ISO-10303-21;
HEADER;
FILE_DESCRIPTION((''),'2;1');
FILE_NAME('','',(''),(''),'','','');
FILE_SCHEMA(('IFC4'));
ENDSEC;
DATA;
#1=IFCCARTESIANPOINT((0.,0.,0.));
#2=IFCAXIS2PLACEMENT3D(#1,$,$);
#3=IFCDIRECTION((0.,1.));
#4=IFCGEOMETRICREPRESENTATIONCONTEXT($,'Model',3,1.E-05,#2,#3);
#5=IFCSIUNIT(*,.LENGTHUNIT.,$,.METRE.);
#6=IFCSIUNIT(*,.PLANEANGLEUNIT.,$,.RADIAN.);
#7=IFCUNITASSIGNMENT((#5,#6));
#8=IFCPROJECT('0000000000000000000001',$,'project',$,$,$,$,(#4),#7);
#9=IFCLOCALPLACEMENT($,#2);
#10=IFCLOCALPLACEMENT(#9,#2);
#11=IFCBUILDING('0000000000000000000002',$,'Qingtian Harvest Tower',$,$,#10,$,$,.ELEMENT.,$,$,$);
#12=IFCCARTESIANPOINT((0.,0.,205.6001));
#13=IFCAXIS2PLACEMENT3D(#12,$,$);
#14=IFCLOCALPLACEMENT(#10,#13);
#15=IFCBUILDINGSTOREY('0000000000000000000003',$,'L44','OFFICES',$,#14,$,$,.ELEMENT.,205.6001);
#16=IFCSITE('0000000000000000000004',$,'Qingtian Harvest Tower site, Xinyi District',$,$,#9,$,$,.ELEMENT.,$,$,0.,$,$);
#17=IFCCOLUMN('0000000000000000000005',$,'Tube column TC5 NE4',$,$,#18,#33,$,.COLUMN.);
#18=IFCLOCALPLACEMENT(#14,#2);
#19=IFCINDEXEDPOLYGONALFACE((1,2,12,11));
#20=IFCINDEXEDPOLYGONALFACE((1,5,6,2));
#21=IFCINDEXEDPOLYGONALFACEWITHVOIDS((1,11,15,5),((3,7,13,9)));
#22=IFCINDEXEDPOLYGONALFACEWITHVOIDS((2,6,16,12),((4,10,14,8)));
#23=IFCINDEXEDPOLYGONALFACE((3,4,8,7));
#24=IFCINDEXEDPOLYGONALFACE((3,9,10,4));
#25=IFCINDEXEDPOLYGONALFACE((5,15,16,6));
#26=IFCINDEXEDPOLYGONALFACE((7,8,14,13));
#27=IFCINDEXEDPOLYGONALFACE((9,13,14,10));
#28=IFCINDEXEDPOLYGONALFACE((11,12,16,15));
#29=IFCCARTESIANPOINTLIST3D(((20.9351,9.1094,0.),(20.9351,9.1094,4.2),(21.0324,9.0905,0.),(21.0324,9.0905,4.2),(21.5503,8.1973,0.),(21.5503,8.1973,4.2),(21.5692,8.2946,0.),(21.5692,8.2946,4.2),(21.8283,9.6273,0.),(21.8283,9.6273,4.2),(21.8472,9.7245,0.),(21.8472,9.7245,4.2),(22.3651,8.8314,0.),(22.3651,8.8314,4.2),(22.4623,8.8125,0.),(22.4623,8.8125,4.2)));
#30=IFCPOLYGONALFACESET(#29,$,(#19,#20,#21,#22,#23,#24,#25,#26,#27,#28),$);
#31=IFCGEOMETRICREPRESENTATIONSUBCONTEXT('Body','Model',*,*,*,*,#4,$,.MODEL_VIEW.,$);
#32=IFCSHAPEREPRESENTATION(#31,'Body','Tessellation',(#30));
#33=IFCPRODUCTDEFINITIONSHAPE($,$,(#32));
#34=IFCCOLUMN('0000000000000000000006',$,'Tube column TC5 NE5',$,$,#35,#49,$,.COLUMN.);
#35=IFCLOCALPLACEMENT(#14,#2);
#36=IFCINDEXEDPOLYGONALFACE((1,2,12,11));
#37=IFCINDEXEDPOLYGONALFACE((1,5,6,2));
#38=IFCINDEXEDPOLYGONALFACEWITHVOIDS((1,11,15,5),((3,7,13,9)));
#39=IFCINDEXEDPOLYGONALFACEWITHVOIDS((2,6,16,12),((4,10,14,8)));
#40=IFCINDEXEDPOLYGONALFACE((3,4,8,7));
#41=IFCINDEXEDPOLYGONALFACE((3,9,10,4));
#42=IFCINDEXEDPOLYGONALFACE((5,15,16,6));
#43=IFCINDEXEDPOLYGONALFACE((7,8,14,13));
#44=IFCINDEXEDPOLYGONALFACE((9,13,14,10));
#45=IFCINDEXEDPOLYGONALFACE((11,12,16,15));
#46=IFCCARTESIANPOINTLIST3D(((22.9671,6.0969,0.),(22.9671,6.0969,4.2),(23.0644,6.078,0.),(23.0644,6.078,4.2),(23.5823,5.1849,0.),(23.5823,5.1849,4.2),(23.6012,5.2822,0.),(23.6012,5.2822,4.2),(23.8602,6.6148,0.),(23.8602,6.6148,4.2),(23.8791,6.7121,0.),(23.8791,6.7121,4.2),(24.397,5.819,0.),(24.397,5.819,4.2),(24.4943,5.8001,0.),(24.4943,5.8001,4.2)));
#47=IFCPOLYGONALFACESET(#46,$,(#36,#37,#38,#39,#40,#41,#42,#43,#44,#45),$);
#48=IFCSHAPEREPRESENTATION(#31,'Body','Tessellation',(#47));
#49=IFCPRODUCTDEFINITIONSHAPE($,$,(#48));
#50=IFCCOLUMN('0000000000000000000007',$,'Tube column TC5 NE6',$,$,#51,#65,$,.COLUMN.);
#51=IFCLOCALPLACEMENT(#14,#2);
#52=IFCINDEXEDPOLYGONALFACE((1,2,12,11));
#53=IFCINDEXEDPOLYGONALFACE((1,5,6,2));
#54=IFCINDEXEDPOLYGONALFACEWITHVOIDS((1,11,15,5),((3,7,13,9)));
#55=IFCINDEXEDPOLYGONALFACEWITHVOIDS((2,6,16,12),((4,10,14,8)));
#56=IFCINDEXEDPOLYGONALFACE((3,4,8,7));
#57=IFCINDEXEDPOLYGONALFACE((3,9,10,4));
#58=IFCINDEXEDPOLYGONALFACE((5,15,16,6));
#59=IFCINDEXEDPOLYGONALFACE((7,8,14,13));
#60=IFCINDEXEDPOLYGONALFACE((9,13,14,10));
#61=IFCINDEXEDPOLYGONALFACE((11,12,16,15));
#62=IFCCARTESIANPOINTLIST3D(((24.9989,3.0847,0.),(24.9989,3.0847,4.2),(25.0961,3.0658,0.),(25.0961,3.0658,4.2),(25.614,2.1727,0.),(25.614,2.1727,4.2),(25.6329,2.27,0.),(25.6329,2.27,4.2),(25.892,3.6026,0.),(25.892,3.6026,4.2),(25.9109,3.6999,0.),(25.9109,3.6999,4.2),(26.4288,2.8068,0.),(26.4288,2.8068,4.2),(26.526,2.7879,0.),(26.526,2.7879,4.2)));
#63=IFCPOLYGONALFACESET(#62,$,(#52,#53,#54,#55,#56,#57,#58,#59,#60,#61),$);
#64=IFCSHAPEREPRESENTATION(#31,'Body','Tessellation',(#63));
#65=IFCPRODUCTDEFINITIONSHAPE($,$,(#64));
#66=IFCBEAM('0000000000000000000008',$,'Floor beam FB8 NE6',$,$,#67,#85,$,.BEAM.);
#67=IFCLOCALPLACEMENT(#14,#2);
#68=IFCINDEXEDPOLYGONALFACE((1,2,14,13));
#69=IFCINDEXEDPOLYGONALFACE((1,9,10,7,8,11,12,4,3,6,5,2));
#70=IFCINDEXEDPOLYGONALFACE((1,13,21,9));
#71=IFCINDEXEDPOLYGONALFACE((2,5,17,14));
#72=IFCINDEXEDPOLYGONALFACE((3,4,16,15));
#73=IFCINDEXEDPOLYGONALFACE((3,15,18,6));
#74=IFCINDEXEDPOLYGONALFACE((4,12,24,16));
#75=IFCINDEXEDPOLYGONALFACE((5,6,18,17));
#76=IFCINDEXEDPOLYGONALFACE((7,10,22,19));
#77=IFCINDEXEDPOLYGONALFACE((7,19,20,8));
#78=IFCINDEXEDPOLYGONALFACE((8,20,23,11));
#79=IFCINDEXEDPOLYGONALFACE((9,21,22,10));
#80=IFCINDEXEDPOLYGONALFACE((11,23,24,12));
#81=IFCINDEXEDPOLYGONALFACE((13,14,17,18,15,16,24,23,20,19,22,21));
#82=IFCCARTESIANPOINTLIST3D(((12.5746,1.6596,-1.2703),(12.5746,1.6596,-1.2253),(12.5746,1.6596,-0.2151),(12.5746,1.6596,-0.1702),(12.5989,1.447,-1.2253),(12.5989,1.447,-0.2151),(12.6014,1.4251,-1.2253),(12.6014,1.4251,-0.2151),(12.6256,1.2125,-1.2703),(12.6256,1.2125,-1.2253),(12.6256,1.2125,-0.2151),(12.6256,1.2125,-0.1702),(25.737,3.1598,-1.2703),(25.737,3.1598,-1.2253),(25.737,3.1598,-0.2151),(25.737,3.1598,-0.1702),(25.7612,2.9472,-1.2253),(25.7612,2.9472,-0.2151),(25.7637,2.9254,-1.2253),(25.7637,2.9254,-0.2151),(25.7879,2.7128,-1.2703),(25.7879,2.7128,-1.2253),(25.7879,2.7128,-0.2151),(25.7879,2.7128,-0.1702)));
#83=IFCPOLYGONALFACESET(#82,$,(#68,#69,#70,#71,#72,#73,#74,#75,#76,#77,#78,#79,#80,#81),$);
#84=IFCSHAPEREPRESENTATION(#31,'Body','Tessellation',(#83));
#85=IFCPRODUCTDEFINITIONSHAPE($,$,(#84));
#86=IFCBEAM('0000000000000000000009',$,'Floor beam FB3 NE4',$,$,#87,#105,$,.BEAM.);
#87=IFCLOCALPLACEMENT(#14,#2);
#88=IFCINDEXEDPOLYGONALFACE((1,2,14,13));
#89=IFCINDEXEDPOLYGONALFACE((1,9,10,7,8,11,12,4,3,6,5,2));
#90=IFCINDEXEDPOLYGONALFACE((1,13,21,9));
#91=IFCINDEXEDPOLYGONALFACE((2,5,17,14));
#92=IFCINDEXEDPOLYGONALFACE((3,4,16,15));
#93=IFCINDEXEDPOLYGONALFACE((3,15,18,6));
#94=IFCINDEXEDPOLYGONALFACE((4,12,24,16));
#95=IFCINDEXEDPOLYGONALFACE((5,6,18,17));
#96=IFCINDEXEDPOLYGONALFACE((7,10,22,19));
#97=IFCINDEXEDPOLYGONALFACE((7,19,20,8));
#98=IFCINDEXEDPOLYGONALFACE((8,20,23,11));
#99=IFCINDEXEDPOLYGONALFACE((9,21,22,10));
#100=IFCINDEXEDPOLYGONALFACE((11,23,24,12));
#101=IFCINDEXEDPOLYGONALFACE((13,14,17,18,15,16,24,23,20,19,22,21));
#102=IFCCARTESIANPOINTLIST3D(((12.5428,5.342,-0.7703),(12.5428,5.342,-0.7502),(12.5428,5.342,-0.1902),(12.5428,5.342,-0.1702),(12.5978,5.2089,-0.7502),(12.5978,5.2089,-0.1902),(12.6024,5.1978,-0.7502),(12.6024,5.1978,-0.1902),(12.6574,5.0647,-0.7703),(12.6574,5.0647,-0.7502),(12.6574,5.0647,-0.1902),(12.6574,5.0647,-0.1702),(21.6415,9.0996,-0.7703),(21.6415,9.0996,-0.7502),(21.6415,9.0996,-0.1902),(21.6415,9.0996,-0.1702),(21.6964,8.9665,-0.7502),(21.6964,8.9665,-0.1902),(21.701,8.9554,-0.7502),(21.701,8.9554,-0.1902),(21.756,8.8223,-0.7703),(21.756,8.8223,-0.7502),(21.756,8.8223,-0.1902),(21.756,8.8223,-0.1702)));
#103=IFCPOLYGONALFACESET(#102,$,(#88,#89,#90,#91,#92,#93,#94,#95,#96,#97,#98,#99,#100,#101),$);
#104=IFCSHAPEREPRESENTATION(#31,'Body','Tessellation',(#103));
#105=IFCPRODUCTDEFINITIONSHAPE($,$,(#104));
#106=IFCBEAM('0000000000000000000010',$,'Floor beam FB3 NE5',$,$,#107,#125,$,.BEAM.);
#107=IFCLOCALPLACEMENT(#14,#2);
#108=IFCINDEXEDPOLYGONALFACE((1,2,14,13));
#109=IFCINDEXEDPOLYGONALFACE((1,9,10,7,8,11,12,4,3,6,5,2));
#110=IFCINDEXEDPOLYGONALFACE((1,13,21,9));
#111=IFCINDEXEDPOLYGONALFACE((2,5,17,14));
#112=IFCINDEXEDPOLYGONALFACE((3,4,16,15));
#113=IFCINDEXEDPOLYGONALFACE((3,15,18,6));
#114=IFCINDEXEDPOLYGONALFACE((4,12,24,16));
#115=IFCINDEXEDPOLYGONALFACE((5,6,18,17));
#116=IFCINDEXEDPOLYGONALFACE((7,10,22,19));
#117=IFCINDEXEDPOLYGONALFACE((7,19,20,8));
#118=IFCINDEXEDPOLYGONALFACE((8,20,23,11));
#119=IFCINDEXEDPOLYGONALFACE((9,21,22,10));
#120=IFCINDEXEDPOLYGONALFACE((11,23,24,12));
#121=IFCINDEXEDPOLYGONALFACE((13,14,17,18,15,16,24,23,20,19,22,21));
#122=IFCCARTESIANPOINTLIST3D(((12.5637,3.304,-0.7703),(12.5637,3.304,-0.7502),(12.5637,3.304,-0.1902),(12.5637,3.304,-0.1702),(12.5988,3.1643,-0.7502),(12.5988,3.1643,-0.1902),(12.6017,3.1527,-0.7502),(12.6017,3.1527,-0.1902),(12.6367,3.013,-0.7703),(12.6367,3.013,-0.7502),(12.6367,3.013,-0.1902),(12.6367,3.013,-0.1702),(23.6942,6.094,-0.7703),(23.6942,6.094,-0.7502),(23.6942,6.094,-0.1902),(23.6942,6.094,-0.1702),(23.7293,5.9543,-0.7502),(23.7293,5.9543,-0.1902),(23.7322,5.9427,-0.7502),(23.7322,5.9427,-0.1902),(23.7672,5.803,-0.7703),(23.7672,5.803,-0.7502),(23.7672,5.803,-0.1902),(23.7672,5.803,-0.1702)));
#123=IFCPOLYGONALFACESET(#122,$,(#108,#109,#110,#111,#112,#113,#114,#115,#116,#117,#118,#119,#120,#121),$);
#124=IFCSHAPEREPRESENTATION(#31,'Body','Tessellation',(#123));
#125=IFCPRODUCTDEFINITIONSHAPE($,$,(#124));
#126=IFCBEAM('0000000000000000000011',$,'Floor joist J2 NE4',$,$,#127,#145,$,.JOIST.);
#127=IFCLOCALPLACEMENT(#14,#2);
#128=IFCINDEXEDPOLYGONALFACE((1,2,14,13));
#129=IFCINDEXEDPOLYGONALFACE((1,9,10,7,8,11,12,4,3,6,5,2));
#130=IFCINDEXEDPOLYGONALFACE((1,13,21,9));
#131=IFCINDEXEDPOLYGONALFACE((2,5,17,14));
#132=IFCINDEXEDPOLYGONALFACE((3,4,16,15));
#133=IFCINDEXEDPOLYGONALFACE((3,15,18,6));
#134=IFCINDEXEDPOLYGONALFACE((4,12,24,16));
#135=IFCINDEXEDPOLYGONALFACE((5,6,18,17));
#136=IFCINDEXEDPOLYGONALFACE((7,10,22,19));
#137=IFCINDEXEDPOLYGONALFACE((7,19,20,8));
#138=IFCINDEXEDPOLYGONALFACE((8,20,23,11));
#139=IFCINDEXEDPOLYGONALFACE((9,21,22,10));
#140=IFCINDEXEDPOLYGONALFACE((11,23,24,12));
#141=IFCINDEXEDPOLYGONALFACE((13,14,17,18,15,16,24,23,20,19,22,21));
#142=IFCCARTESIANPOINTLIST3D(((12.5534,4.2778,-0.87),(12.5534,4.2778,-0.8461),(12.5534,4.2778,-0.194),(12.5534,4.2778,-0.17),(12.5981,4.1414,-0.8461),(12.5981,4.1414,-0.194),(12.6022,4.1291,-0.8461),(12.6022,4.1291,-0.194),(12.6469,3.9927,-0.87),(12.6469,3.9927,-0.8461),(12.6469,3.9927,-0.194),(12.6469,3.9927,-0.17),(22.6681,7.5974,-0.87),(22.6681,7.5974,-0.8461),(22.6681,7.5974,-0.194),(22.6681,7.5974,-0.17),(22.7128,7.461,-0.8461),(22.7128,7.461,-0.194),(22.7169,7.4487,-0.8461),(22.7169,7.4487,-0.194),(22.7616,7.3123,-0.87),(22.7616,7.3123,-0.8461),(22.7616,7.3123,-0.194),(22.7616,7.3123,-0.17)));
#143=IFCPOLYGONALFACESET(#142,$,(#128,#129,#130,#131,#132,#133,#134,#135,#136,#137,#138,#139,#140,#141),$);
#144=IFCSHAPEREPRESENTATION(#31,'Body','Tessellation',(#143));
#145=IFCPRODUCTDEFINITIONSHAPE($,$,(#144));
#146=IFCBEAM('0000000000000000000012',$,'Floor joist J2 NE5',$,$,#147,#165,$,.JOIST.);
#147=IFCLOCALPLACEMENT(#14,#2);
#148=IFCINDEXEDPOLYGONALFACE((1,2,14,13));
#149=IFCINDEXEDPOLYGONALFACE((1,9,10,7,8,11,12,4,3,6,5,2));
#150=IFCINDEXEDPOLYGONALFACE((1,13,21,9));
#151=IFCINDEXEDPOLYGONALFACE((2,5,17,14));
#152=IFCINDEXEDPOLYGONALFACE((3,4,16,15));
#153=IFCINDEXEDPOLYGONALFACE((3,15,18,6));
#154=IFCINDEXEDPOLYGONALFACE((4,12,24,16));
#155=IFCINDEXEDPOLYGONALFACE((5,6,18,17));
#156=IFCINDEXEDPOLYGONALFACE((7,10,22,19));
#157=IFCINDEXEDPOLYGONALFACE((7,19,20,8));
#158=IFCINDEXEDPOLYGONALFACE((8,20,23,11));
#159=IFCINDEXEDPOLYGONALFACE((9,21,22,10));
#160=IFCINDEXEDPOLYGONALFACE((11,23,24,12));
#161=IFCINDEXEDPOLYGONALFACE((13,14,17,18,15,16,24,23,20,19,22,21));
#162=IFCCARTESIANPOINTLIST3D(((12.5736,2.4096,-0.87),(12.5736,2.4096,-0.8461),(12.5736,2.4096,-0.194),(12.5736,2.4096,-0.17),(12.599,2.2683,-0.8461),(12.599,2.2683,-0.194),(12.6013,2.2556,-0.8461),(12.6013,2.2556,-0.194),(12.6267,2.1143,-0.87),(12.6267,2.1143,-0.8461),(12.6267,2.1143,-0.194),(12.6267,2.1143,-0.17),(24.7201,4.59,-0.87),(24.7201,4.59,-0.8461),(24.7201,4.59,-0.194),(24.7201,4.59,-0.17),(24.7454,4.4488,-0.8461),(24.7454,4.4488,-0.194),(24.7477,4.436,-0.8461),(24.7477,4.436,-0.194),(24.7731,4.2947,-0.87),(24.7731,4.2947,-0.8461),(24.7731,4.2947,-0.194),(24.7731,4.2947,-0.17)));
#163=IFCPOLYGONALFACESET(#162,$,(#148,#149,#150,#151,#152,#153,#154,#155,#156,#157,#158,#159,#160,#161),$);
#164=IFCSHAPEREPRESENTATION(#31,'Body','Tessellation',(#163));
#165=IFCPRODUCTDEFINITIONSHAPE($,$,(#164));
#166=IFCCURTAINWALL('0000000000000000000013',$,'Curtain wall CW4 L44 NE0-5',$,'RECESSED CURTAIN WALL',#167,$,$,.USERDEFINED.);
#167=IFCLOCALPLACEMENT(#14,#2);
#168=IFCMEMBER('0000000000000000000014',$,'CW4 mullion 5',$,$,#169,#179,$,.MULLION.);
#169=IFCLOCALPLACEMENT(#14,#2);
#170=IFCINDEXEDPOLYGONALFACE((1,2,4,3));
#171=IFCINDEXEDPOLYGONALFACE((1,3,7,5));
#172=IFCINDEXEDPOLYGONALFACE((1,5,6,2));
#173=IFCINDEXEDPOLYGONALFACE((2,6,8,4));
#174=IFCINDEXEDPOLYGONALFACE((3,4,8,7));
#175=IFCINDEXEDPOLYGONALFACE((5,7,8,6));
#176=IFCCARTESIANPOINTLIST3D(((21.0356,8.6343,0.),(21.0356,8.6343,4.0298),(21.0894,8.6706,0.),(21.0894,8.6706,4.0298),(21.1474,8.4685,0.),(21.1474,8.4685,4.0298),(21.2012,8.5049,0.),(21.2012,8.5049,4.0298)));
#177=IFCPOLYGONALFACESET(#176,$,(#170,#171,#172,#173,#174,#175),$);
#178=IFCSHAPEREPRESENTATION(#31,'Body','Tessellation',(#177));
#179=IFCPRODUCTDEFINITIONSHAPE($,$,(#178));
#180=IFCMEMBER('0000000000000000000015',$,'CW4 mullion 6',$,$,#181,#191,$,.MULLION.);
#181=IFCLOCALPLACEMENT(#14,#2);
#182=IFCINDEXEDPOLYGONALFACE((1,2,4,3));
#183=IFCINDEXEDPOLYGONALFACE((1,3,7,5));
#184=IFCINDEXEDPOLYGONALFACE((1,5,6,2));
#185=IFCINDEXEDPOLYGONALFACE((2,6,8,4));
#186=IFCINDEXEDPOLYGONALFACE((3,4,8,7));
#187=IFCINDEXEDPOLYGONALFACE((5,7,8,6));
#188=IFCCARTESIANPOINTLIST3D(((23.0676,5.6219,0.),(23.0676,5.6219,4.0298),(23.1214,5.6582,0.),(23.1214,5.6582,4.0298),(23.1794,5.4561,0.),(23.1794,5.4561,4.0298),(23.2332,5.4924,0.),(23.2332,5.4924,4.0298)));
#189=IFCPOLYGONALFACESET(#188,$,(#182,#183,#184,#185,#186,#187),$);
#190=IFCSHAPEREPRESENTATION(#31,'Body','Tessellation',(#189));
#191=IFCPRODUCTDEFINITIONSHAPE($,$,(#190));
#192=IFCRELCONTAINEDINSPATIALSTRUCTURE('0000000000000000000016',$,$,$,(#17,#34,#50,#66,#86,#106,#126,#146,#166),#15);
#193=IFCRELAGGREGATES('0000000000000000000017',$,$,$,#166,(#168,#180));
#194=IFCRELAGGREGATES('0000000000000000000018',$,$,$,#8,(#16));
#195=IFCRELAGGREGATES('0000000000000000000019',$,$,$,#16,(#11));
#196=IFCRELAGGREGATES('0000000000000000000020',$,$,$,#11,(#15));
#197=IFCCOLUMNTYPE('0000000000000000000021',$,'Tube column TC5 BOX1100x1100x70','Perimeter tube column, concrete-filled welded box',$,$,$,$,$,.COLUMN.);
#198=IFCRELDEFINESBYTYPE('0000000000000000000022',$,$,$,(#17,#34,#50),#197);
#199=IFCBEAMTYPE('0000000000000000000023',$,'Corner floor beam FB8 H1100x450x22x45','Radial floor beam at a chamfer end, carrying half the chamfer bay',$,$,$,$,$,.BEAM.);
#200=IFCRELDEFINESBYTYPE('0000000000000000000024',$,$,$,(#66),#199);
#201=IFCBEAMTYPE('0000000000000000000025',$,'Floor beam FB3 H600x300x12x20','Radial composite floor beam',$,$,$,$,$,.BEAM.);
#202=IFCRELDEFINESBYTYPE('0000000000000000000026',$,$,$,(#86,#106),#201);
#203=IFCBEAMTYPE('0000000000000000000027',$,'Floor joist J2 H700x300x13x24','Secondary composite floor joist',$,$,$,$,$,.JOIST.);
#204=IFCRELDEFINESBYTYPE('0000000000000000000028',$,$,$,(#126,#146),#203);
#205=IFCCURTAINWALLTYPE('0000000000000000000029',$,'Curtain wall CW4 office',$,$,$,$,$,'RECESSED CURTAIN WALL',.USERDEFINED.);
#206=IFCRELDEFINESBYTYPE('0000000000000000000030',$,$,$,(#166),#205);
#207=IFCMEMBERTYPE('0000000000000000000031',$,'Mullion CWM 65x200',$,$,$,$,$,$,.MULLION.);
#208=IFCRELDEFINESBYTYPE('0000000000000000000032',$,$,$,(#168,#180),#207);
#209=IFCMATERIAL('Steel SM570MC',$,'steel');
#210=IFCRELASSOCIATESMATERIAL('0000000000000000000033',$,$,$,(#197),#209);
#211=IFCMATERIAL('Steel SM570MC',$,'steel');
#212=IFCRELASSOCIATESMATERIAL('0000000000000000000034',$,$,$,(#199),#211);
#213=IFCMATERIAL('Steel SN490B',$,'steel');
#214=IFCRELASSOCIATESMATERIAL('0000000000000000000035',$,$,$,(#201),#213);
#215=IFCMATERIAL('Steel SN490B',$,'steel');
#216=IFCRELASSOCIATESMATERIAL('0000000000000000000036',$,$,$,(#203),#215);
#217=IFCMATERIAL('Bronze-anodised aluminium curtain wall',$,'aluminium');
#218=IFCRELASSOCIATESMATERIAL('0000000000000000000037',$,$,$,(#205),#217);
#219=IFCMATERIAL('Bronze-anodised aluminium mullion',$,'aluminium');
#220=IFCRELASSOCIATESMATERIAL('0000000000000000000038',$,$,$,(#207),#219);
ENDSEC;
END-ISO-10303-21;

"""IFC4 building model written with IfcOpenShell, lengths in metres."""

from ifc_helpers import new_model, si_unit, direction, frame, origin, origin_2d, place, context, subcontext, project, spatial, rectangle, hollow_rectangle, i_section, extrude, material, material_profile, profile_set, type_object, element, aggregate, save


model = new_model("IFC4")

# Units and contexts
model_context = context("Model", 3, precision=1e-05, world=origin(), true_north=direction((0.0, 1.0)))
body_context = subcontext(model_context, "Body", "Model", "MODEL_VIEW")
ifc_project = project(units=[si_unit("LENGTHUNIT", "METRE"), si_unit("PLANEANGLEUNIT", "RADIAN")], contexts=[model_context])

# Site, building, storey
site_placement = place(None, origin())
site = spatial("IfcSite", under=ifc_project, at=site_placement, Name="Qingtian Harvest Tower site, Xinyi District", CompositionType="ELEMENT", RefElevation=0.0)
building_placement = place(site_placement, origin())
building = spatial("IfcBuilding", under=site, at=building_placement, Name="Qingtian Harvest Tower", CompositionType="ELEMENT")
storey_placement = place(building_placement, frame((0.0, 0.0, 205.6001)))
storey = spatial("IfcBuildingStorey", under=building, at=storey_placement, Name="L44", Description="OFFICES", CompositionType="ELEMENT", Elevation=205.6001)

# Columns
ifc_material_1 = material(Name="Steel SM570MC", Category="steel")
ifc_material_profile_1 = material_profile(ifc_material_1, hollow_rectangle(XDim=1.1001, YDim=1.1001, WallThickness=0.0701, at=origin_2d()), Name="BOX1100x1100x70")
ifc_profile_set_1 = profile_set([ifc_material_profile_1], Name="Steel SM570MC")
column_type = type_object("IfcColumnType", Name="Tube column TC5 BOX1100x1100x70", Description="Perimeter tube column, concrete-filled welded box", PredefinedType="COLUMN", material=ifc_profile_set_1)
for number, where, z_axis, x_axis, name in (
    (1, (21.6987, 8.9609, 0.0), (0.0, 0.0, 1.0), (-0.559193, 0.829038, 0.0), "Tube column TC5 NE4"),
    (2, (23.7307, 5.9485, 0.0), (0.0, 0.0, 1.0), (-0.559193, 0.829038, 0.0), "Tube column TC5 NE5"),
    (3, (25.7625, 2.9363, 0.0), (0.0, 0.0, 1.0), (-0.559193, 0.829038, 0.0), "Tube column TC5 NE6"),
):
    element("IfcColumn", number, at=place(storey_placement, frame(where, z_axis=z_axis, x_axis=x_axis)), inside=storey, type_object=column_type, Name=name, PredefinedType="COLUMN", context=body_context, shape_type="SweptSolid", body=[
        extrude(hollow_rectangle(XDim=1.1001, YDim=1.1001, WallThickness=0.0701, at=origin_2d()), origin(), (0.0, 0.0, 1.0), 4.2),
    ])

# Beams
ifc_material_2 = material(Name="Steel SM570MC", Category="steel")
ifc_material_profile_2 = material_profile(ifc_material_2, i_section(OverallWidth=0.45, OverallDepth=1.1001, WebThickness=0.022, FlangeThickness=0.0449, at=origin_2d()), Name="H1100x450x22x45")
ifc_profile_set_2 = profile_set([ifc_material_profile_2], Name="Steel SM570MC")
beam_type_1 = type_object("IfcBeamType", Name="Corner floor beam FB8 H1100x450x22x45", Description="Radial floor beam at a chamfer end, carrying half the chamfer bay", PredefinedType="BEAM", material=ifc_profile_set_2)
beam_1_placement = place(storey_placement, frame((25.7625, 2.9363, -0.7202), z_axis=(-0.993567, -0.113247, 0.0), x_axis=(0.113247, -0.993567, 0.0)))
element("IfcBeam", 4, at=beam_1_placement, inside=storey, type_object=beam_type_1, Name="Floor beam FB8 NE6", PredefinedType="BEAM", context=body_context, shape_type="SweptSolid", body=[
    extrude(i_section(OverallWidth=0.45, OverallDepth=1.1001, WebThickness=0.022, FlangeThickness=0.0449, at=origin_2d()), origin(), (0.0, 0.0, 1.0), 13.2476),
])
ifc_material_3 = material(Name="Steel SN490B", Category="steel")
ifc_material_profile_3 = material_profile(ifc_material_3, i_section(OverallWidth=0.3, OverallDepth=0.6001, WebThickness=0.012, FlangeThickness=0.02, at=origin_2d()), Name="H600x300x12x20")
ifc_profile_set_3 = profile_set([ifc_material_profile_3], Name="Steel SN490B")
beam_type_2 = type_object("IfcBeamType", Name="Floor beam FB3 H600x300x12x20", Description="Radial composite floor beam", PredefinedType="BEAM", material=ifc_profile_set_3)
beam_2_placement = place(storey_placement, frame((21.6987, 8.9609, -0.4702), z_axis=(-0.924282, -0.381711, 0.0), x_axis=(0.381711, -0.924282, 0.0)))
element("IfcBeam", 5, at=beam_2_placement, inside=storey, type_object=beam_type_2, Name="Floor beam FB3 NE4", PredefinedType="BEAM", context=body_context, shape_type="SweptSolid", body=[
    extrude(i_section(OverallWidth=0.3, OverallDepth=0.6001, WebThickness=0.012, FlangeThickness=0.02, at=origin_2d()), origin(), (0.0, 0.0, 1.0), 9.844),
])
beam_3_placement = place(storey_placement, frame((23.7307, 5.9485, -0.4702), z_axis=(-0.969991, -0.243141, 0.0), x_axis=(0.243141, -0.969991, 0.0)))
element("IfcBeam", 6, at=beam_3_placement, inside=storey, type_object=beam_type_2, Name="Floor beam FB3 NE5", PredefinedType="BEAM", context=body_context, shape_type="SweptSolid", body=[
    extrude(i_section(OverallWidth=0.3, OverallDepth=0.6001, WebThickness=0.012, FlangeThickness=0.02, at=origin_2d()), origin(), (0.0, 0.0, 1.0), 11.4749),
])
ifc_material_4 = material(Name="Steel SN490B", Category="steel")
ifc_material_profile_4 = material_profile(ifc_material_4, i_section(OverallWidth=0.3, OverallDepth=0.7, WebThickness=0.0129, FlangeThickness=0.0239, at=origin_2d()), Name="H700x300x13x24")
ifc_profile_set_4 = profile_set([ifc_material_profile_4], Name="Steel SN490B")
beam_type_3 = type_object("IfcBeamType", Name="Floor joist J2 H700x300x13x24", Description="Secondary composite floor joist", PredefinedType="JOIST", material=ifc_profile_set_4)
beam_4_placement = place(storey_placement, frame((22.7148, 7.4548, -0.52), z_axis=(-0.950139, -0.311828, 0.0), x_axis=(0.311828, -0.950139, 0.0)))
element("IfcBeam", 7, at=beam_4_placement, inside=storey, type_object=beam_type_3, Name="Floor joist J2 NE4", PredefinedType="JOIST", context=body_context, shape_type="SweptSolid", body=[
    extrude(i_section(OverallWidth=0.3, OverallDepth=0.7, WebThickness=0.0129, FlangeThickness=0.0239, at=origin_2d()), origin(), (0.0, 0.0, 1.0), 10.6455),
])
beam_5_placement = place(storey_placement, frame((24.7466, 4.4424, -0.52), z_axis=(-0.984267, -0.176686, 0.0), x_axis=(0.176686, -0.984267, 0.0)))
element("IfcBeam", 8, at=beam_5_placement, inside=storey, type_object=beam_type_3, Name="Floor joist J2 NE5", PredefinedType="JOIST", context=body_context, shape_type="SweptSolid", body=[
    extrude(i_section(OverallWidth=0.3, OverallDepth=0.7, WebThickness=0.0129, FlangeThickness=0.0239, at=origin_2d()), origin(), (0.0, 0.0, 1.0), 12.3406),
])

# Curtain wall, members
ifc_material_5 = material(Name="Bronze-anodised aluminium curtain wall", Category="aluminium")
curtain_wall_type = type_object("IfcCurtainWallType", Name="Curtain wall CW4 office", ElementType="RECESSED CURTAIN WALL", PredefinedType="USERDEFINED", material=ifc_material_5)
curtain_wall_1_placement = place(storey_placement, origin())
curtain_wall_1 = element("IfcCurtainWall", 9, at=curtain_wall_1_placement, inside=storey, type_object=curtain_wall_type, Name="Curtain wall CW4 L44 NE0-5", ObjectType="RECESSED CURTAIN WALL", PredefinedType="USERDEFINED")
ifc_material_6 = material(Name="Bronze-anodised aluminium mullion", Category="aluminium")
ifc_material_profile_5 = material_profile(ifc_material_6, rectangle(XDim=0.0649, YDim=0.2, at=origin_2d()), Name="AL 65x200")
ifc_profile_set_5 = profile_set([ifc_material_profile_5], Name="Bronze-anodised aluminium mullion")
member_type_1 = type_object("IfcMemberType", Name="Mullion CWM 65x200", PredefinedType="MULLION", material=ifc_profile_set_5)
member_1_placement = place(storey_placement, frame((21.1184, 8.5696, 0.0), z_axis=(0.0, 0.0, 1.0), x_axis=(0.829038, 0.559193, 0.0)))
member_1 = element("IfcMember", 10, at=member_1_placement, type_object=member_type_1, Name="CW4 mullion 5", PredefinedType="MULLION", context=body_context, shape_type="SweptSolid", body=[
    extrude(rectangle(XDim=0.0649, YDim=0.2, at=origin_2d()), origin(), (0.0, 0.0, 1.0), 4.0298),
])
member_2_placement = place(storey_placement, frame((23.1504, 5.5571, 0.0), z_axis=(0.0, 0.0, 1.0), x_axis=(0.829038, 0.559193, 0.0)))
member_2 = element("IfcMember", 11, at=member_2_placement, type_object=member_type_1, Name="CW4 mullion 6", PredefinedType="MULLION", context=body_context, shape_type="SweptSolid", body=[
    extrude(rectangle(XDim=0.0649, YDim=0.2, at=origin_2d()), origin(), (0.0, 0.0, 1.0), 4.0298),
])

aggregate(curtain_wall_1, [member_1, member_2])

save(model, "model.ifc")
